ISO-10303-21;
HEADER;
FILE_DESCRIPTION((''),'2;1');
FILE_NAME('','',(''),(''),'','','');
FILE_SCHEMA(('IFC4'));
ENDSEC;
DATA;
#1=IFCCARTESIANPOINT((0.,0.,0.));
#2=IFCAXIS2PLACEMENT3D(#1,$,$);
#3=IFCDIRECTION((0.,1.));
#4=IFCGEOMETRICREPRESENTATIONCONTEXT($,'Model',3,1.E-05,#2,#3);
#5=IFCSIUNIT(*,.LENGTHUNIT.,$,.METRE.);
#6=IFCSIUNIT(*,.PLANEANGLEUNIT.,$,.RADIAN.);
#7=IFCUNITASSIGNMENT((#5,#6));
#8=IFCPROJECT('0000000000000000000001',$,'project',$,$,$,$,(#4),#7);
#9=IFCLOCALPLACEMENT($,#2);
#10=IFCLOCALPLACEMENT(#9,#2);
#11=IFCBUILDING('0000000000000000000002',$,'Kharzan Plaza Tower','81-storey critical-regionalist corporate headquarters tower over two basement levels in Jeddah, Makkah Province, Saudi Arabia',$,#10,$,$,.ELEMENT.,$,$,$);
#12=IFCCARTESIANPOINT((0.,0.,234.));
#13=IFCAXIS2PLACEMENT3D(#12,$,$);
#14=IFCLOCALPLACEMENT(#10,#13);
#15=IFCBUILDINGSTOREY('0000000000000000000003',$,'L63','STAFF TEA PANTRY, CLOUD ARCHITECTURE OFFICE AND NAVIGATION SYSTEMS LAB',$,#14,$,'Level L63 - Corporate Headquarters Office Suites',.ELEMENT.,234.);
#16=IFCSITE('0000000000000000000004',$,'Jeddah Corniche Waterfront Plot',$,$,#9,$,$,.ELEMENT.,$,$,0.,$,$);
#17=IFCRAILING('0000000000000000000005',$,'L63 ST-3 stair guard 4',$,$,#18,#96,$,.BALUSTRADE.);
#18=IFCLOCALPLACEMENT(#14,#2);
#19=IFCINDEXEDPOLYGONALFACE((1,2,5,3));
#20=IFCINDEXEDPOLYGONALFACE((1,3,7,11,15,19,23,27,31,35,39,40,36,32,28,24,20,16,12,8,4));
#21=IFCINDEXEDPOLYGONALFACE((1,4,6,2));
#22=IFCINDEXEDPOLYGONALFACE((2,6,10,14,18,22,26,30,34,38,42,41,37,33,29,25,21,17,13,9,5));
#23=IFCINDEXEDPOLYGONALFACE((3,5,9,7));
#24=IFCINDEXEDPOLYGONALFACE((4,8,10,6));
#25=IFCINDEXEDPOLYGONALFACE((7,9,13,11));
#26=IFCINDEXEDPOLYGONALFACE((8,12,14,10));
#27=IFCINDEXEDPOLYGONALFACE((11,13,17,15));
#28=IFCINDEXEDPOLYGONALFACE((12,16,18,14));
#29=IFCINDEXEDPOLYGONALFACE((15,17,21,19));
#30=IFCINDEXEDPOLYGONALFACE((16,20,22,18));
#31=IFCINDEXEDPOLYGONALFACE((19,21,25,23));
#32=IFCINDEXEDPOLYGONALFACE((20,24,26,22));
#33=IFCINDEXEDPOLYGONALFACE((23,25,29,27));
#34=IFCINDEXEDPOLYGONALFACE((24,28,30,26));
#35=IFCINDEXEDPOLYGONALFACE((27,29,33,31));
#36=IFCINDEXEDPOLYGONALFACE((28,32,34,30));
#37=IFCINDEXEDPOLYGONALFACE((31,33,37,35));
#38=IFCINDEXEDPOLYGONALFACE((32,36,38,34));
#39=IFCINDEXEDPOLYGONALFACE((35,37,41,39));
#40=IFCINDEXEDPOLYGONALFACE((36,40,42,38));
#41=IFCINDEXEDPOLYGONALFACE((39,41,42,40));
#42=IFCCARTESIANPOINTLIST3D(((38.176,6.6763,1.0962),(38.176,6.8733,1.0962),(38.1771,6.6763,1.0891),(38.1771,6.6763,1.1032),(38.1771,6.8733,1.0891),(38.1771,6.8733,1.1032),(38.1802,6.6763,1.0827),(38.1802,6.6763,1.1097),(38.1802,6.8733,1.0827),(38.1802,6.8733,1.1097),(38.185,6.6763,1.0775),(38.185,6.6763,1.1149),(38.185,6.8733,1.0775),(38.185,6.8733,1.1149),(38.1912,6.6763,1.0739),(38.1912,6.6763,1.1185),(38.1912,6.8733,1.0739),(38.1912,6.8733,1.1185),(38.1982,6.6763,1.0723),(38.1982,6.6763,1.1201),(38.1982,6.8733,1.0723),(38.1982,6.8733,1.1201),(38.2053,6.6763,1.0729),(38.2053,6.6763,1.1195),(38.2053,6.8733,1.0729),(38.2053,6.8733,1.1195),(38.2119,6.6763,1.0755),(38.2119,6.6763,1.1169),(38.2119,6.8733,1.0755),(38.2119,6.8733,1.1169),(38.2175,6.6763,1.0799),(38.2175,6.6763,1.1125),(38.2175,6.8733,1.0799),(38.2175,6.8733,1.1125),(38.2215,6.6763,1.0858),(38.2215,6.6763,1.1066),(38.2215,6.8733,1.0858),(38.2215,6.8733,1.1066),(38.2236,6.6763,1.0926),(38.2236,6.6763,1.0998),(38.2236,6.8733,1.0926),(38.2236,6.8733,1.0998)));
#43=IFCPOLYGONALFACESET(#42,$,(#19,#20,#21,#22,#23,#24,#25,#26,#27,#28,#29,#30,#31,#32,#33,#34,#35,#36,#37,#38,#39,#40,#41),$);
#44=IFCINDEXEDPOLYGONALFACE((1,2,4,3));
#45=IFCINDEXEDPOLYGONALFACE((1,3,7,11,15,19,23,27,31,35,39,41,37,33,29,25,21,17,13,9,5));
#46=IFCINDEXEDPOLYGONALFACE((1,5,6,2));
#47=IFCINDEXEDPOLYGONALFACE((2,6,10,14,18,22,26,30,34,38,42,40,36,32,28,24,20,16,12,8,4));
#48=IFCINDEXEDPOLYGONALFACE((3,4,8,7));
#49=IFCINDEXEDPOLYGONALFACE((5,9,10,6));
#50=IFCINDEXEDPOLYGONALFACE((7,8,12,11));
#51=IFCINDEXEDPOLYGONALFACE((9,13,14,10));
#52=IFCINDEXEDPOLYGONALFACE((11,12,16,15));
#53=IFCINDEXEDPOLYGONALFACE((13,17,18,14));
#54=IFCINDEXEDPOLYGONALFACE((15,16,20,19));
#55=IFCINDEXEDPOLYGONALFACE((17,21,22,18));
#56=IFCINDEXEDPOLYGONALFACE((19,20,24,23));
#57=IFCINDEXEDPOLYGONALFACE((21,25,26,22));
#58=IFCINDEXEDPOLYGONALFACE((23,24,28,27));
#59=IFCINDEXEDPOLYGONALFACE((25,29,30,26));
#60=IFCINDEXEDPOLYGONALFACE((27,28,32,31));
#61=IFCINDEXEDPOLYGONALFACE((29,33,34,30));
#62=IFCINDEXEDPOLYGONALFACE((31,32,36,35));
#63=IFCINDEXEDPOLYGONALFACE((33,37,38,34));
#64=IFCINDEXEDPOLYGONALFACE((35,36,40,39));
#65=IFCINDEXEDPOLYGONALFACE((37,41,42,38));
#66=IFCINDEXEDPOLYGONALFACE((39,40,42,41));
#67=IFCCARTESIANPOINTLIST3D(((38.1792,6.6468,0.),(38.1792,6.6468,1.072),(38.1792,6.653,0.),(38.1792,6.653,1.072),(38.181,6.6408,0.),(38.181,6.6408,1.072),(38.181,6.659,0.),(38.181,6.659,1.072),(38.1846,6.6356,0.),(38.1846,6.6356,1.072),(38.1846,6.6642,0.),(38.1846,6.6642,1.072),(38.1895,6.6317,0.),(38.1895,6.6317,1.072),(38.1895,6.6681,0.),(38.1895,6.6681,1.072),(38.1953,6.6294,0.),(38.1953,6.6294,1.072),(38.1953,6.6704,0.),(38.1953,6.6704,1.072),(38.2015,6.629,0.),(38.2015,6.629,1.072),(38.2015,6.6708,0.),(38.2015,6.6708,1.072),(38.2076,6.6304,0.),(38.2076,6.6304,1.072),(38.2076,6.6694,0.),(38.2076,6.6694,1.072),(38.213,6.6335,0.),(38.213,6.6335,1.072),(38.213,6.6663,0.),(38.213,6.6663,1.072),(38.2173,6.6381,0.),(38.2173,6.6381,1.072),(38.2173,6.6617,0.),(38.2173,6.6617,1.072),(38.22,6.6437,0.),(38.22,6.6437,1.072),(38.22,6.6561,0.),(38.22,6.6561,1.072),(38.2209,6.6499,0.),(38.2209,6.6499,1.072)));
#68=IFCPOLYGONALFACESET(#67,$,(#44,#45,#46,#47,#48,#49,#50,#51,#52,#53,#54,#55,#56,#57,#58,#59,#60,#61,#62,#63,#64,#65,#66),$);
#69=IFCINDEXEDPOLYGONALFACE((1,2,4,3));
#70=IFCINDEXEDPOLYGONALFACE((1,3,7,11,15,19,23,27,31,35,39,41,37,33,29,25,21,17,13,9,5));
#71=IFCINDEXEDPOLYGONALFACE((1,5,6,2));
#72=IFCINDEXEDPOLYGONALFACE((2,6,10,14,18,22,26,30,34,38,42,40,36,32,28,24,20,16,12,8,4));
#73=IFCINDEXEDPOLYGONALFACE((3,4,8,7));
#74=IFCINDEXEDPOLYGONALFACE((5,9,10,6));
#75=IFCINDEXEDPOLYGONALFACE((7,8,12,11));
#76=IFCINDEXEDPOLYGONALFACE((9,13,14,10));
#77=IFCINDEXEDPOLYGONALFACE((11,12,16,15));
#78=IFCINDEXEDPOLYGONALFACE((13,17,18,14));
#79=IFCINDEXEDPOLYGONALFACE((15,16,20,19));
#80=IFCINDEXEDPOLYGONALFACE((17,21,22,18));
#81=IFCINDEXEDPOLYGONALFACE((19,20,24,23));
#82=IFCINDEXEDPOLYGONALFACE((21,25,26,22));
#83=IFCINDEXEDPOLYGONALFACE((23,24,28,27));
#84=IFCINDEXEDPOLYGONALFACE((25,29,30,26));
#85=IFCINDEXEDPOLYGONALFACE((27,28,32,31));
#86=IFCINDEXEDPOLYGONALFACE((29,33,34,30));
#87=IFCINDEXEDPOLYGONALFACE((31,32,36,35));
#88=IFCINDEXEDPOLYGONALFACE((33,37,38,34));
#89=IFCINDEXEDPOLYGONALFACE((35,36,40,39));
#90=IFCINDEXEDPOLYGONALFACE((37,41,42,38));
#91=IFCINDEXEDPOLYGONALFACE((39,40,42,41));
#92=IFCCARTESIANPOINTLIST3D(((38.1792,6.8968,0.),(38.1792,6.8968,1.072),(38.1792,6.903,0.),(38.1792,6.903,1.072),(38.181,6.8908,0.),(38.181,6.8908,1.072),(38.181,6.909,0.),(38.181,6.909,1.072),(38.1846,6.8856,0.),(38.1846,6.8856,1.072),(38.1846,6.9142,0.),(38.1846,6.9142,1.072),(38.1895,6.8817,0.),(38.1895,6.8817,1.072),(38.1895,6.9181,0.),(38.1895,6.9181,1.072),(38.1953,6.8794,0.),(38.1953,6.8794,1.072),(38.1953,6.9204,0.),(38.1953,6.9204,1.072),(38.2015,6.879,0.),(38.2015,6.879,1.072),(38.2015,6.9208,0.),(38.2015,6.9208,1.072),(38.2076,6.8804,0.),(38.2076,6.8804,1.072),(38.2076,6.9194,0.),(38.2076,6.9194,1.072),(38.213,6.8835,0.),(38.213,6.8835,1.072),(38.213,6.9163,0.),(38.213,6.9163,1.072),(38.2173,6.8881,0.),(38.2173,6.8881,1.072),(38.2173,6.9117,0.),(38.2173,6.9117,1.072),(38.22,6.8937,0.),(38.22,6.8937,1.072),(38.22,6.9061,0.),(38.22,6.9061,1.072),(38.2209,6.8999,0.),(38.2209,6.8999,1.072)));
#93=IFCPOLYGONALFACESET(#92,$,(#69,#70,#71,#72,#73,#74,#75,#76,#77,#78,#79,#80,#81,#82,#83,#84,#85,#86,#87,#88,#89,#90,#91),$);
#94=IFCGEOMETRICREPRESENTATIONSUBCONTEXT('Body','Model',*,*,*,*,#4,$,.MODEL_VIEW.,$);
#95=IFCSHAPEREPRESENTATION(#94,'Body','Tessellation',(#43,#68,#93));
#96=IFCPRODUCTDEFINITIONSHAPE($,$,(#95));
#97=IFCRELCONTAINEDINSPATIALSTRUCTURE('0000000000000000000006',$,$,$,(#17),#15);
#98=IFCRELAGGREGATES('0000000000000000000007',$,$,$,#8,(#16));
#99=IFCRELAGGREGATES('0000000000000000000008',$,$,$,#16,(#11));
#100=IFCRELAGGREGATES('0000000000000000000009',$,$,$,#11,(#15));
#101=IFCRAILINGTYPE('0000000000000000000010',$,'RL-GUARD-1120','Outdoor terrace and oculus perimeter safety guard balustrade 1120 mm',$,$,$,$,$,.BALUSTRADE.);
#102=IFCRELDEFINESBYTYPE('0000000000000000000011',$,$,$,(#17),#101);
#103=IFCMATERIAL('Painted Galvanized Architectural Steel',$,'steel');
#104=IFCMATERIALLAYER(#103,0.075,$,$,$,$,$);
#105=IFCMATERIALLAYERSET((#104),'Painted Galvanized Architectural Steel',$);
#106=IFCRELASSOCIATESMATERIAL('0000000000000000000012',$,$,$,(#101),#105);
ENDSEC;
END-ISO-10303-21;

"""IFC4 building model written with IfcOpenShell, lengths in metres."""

from ifc_helpers import new_model, si_unit, direction, frame, origin, origin_2d, place, context, subcontext, project, spatial, circle, extrude, source, transform, mapped, material, layer, layer_set, type_object, element, save


model = new_model("IFC4")

# Units and contexts
model_context = context("Model", 3, precision=1e-05, world=origin(), true_north=direction((0.0, 1.0)))
body_context = subcontext(model_context, "Body", "Model", "MODEL_VIEW")
ifc_project = project(units=[si_unit("LENGTHUNIT", "METRE"), si_unit("PLANEANGLEUNIT", "RADIAN")], contexts=[model_context])

# Site, building, storey
site_placement = place(None, origin())
site = spatial("IfcSite", under=ifc_project, at=site_placement, Name="Jeddah Corniche Waterfront Plot", CompositionType="ELEMENT", RefElevation=0.0)
building_placement = place(site_placement, origin())
building = spatial("IfcBuilding", under=site, at=building_placement, Name="Kharzan Plaza Tower", Description="81-storey critical-regionalist corporate headquarters tower over two basement levels in Jeddah, Makkah Province, Saudi Arabia", CompositionType="ELEMENT")
storey_placement = place(building_placement, frame((0.0, 0.0, 234.0)))
storey = spatial("IfcBuildingStorey", under=building, at=storey_placement, Name="L63", Description="STAFF TEA PANTRY, CLOUD ARCHITECTURE OFFICE AND NAVIGATION SYSTEMS LAB", LongName="Level L63 - Corporate Headquarters Office Suites", CompositionType="ELEMENT", Elevation=234.0)

# Railing
ifc_material_1 = material(Name="Painted Galvanized Architectural Steel", Category="steel")
ifc_layer_1 = layer(ifc_material_1, 0.075)
ifc_layer_set_1 = layer_set([ifc_layer_1], Name="Painted Galvanized Architectural Steel")
railing_type_1 = type_object("IfcRailingType", Name="RL-GUARD-1120", Description="Outdoor terrace and oculus perimeter safety guard balustrade 1120 mm", PredefinedType="BALUSTRADE", material=ifc_layer_set_1)
shared_shape_1 = source(origin(), body_context, "Body", "SweptSolid", [
    extrude(circle(Radius=0.0239, at=origin_2d()), frame((0.0, 0.0264, 1.0962), z_axis=(0.0, 1.0, 0.0), x_axis=(-1.0, 0.0, 0.0)), (0.0, 0.0, 1.0), 0.197),
    extrude(circle(Radius=0.021, at=origin_2d()), origin(), (0.0, 0.0, 1.0), 1.072),
    extrude(circle(Radius=0.021, at=origin_2d()), frame((0.0, 0.25, 0.0)), (0.0, 0.0, 1.0), 1.072),
])
railing_1_placement = place(storey_placement, frame((38.2, 6.6499, 0.0)))
element("IfcRailing", 1, at=railing_1_placement, inside=storey, type_object=railing_type_1, Name="L63 ST-3 stair guard 4", PredefinedType="BALUSTRADE", context=body_context, shape_type="MappedRepresentation", body=[
    mapped(shared_shape_1, transform((0.0, 0.0, 0.0), x_axis=(1.0, 0.0, 0.0), y_axis=(0.0, 1.0, 0.0), z_axis=(0.0, 0.0, 1.0))),
])

save(model, "model.ifc")
